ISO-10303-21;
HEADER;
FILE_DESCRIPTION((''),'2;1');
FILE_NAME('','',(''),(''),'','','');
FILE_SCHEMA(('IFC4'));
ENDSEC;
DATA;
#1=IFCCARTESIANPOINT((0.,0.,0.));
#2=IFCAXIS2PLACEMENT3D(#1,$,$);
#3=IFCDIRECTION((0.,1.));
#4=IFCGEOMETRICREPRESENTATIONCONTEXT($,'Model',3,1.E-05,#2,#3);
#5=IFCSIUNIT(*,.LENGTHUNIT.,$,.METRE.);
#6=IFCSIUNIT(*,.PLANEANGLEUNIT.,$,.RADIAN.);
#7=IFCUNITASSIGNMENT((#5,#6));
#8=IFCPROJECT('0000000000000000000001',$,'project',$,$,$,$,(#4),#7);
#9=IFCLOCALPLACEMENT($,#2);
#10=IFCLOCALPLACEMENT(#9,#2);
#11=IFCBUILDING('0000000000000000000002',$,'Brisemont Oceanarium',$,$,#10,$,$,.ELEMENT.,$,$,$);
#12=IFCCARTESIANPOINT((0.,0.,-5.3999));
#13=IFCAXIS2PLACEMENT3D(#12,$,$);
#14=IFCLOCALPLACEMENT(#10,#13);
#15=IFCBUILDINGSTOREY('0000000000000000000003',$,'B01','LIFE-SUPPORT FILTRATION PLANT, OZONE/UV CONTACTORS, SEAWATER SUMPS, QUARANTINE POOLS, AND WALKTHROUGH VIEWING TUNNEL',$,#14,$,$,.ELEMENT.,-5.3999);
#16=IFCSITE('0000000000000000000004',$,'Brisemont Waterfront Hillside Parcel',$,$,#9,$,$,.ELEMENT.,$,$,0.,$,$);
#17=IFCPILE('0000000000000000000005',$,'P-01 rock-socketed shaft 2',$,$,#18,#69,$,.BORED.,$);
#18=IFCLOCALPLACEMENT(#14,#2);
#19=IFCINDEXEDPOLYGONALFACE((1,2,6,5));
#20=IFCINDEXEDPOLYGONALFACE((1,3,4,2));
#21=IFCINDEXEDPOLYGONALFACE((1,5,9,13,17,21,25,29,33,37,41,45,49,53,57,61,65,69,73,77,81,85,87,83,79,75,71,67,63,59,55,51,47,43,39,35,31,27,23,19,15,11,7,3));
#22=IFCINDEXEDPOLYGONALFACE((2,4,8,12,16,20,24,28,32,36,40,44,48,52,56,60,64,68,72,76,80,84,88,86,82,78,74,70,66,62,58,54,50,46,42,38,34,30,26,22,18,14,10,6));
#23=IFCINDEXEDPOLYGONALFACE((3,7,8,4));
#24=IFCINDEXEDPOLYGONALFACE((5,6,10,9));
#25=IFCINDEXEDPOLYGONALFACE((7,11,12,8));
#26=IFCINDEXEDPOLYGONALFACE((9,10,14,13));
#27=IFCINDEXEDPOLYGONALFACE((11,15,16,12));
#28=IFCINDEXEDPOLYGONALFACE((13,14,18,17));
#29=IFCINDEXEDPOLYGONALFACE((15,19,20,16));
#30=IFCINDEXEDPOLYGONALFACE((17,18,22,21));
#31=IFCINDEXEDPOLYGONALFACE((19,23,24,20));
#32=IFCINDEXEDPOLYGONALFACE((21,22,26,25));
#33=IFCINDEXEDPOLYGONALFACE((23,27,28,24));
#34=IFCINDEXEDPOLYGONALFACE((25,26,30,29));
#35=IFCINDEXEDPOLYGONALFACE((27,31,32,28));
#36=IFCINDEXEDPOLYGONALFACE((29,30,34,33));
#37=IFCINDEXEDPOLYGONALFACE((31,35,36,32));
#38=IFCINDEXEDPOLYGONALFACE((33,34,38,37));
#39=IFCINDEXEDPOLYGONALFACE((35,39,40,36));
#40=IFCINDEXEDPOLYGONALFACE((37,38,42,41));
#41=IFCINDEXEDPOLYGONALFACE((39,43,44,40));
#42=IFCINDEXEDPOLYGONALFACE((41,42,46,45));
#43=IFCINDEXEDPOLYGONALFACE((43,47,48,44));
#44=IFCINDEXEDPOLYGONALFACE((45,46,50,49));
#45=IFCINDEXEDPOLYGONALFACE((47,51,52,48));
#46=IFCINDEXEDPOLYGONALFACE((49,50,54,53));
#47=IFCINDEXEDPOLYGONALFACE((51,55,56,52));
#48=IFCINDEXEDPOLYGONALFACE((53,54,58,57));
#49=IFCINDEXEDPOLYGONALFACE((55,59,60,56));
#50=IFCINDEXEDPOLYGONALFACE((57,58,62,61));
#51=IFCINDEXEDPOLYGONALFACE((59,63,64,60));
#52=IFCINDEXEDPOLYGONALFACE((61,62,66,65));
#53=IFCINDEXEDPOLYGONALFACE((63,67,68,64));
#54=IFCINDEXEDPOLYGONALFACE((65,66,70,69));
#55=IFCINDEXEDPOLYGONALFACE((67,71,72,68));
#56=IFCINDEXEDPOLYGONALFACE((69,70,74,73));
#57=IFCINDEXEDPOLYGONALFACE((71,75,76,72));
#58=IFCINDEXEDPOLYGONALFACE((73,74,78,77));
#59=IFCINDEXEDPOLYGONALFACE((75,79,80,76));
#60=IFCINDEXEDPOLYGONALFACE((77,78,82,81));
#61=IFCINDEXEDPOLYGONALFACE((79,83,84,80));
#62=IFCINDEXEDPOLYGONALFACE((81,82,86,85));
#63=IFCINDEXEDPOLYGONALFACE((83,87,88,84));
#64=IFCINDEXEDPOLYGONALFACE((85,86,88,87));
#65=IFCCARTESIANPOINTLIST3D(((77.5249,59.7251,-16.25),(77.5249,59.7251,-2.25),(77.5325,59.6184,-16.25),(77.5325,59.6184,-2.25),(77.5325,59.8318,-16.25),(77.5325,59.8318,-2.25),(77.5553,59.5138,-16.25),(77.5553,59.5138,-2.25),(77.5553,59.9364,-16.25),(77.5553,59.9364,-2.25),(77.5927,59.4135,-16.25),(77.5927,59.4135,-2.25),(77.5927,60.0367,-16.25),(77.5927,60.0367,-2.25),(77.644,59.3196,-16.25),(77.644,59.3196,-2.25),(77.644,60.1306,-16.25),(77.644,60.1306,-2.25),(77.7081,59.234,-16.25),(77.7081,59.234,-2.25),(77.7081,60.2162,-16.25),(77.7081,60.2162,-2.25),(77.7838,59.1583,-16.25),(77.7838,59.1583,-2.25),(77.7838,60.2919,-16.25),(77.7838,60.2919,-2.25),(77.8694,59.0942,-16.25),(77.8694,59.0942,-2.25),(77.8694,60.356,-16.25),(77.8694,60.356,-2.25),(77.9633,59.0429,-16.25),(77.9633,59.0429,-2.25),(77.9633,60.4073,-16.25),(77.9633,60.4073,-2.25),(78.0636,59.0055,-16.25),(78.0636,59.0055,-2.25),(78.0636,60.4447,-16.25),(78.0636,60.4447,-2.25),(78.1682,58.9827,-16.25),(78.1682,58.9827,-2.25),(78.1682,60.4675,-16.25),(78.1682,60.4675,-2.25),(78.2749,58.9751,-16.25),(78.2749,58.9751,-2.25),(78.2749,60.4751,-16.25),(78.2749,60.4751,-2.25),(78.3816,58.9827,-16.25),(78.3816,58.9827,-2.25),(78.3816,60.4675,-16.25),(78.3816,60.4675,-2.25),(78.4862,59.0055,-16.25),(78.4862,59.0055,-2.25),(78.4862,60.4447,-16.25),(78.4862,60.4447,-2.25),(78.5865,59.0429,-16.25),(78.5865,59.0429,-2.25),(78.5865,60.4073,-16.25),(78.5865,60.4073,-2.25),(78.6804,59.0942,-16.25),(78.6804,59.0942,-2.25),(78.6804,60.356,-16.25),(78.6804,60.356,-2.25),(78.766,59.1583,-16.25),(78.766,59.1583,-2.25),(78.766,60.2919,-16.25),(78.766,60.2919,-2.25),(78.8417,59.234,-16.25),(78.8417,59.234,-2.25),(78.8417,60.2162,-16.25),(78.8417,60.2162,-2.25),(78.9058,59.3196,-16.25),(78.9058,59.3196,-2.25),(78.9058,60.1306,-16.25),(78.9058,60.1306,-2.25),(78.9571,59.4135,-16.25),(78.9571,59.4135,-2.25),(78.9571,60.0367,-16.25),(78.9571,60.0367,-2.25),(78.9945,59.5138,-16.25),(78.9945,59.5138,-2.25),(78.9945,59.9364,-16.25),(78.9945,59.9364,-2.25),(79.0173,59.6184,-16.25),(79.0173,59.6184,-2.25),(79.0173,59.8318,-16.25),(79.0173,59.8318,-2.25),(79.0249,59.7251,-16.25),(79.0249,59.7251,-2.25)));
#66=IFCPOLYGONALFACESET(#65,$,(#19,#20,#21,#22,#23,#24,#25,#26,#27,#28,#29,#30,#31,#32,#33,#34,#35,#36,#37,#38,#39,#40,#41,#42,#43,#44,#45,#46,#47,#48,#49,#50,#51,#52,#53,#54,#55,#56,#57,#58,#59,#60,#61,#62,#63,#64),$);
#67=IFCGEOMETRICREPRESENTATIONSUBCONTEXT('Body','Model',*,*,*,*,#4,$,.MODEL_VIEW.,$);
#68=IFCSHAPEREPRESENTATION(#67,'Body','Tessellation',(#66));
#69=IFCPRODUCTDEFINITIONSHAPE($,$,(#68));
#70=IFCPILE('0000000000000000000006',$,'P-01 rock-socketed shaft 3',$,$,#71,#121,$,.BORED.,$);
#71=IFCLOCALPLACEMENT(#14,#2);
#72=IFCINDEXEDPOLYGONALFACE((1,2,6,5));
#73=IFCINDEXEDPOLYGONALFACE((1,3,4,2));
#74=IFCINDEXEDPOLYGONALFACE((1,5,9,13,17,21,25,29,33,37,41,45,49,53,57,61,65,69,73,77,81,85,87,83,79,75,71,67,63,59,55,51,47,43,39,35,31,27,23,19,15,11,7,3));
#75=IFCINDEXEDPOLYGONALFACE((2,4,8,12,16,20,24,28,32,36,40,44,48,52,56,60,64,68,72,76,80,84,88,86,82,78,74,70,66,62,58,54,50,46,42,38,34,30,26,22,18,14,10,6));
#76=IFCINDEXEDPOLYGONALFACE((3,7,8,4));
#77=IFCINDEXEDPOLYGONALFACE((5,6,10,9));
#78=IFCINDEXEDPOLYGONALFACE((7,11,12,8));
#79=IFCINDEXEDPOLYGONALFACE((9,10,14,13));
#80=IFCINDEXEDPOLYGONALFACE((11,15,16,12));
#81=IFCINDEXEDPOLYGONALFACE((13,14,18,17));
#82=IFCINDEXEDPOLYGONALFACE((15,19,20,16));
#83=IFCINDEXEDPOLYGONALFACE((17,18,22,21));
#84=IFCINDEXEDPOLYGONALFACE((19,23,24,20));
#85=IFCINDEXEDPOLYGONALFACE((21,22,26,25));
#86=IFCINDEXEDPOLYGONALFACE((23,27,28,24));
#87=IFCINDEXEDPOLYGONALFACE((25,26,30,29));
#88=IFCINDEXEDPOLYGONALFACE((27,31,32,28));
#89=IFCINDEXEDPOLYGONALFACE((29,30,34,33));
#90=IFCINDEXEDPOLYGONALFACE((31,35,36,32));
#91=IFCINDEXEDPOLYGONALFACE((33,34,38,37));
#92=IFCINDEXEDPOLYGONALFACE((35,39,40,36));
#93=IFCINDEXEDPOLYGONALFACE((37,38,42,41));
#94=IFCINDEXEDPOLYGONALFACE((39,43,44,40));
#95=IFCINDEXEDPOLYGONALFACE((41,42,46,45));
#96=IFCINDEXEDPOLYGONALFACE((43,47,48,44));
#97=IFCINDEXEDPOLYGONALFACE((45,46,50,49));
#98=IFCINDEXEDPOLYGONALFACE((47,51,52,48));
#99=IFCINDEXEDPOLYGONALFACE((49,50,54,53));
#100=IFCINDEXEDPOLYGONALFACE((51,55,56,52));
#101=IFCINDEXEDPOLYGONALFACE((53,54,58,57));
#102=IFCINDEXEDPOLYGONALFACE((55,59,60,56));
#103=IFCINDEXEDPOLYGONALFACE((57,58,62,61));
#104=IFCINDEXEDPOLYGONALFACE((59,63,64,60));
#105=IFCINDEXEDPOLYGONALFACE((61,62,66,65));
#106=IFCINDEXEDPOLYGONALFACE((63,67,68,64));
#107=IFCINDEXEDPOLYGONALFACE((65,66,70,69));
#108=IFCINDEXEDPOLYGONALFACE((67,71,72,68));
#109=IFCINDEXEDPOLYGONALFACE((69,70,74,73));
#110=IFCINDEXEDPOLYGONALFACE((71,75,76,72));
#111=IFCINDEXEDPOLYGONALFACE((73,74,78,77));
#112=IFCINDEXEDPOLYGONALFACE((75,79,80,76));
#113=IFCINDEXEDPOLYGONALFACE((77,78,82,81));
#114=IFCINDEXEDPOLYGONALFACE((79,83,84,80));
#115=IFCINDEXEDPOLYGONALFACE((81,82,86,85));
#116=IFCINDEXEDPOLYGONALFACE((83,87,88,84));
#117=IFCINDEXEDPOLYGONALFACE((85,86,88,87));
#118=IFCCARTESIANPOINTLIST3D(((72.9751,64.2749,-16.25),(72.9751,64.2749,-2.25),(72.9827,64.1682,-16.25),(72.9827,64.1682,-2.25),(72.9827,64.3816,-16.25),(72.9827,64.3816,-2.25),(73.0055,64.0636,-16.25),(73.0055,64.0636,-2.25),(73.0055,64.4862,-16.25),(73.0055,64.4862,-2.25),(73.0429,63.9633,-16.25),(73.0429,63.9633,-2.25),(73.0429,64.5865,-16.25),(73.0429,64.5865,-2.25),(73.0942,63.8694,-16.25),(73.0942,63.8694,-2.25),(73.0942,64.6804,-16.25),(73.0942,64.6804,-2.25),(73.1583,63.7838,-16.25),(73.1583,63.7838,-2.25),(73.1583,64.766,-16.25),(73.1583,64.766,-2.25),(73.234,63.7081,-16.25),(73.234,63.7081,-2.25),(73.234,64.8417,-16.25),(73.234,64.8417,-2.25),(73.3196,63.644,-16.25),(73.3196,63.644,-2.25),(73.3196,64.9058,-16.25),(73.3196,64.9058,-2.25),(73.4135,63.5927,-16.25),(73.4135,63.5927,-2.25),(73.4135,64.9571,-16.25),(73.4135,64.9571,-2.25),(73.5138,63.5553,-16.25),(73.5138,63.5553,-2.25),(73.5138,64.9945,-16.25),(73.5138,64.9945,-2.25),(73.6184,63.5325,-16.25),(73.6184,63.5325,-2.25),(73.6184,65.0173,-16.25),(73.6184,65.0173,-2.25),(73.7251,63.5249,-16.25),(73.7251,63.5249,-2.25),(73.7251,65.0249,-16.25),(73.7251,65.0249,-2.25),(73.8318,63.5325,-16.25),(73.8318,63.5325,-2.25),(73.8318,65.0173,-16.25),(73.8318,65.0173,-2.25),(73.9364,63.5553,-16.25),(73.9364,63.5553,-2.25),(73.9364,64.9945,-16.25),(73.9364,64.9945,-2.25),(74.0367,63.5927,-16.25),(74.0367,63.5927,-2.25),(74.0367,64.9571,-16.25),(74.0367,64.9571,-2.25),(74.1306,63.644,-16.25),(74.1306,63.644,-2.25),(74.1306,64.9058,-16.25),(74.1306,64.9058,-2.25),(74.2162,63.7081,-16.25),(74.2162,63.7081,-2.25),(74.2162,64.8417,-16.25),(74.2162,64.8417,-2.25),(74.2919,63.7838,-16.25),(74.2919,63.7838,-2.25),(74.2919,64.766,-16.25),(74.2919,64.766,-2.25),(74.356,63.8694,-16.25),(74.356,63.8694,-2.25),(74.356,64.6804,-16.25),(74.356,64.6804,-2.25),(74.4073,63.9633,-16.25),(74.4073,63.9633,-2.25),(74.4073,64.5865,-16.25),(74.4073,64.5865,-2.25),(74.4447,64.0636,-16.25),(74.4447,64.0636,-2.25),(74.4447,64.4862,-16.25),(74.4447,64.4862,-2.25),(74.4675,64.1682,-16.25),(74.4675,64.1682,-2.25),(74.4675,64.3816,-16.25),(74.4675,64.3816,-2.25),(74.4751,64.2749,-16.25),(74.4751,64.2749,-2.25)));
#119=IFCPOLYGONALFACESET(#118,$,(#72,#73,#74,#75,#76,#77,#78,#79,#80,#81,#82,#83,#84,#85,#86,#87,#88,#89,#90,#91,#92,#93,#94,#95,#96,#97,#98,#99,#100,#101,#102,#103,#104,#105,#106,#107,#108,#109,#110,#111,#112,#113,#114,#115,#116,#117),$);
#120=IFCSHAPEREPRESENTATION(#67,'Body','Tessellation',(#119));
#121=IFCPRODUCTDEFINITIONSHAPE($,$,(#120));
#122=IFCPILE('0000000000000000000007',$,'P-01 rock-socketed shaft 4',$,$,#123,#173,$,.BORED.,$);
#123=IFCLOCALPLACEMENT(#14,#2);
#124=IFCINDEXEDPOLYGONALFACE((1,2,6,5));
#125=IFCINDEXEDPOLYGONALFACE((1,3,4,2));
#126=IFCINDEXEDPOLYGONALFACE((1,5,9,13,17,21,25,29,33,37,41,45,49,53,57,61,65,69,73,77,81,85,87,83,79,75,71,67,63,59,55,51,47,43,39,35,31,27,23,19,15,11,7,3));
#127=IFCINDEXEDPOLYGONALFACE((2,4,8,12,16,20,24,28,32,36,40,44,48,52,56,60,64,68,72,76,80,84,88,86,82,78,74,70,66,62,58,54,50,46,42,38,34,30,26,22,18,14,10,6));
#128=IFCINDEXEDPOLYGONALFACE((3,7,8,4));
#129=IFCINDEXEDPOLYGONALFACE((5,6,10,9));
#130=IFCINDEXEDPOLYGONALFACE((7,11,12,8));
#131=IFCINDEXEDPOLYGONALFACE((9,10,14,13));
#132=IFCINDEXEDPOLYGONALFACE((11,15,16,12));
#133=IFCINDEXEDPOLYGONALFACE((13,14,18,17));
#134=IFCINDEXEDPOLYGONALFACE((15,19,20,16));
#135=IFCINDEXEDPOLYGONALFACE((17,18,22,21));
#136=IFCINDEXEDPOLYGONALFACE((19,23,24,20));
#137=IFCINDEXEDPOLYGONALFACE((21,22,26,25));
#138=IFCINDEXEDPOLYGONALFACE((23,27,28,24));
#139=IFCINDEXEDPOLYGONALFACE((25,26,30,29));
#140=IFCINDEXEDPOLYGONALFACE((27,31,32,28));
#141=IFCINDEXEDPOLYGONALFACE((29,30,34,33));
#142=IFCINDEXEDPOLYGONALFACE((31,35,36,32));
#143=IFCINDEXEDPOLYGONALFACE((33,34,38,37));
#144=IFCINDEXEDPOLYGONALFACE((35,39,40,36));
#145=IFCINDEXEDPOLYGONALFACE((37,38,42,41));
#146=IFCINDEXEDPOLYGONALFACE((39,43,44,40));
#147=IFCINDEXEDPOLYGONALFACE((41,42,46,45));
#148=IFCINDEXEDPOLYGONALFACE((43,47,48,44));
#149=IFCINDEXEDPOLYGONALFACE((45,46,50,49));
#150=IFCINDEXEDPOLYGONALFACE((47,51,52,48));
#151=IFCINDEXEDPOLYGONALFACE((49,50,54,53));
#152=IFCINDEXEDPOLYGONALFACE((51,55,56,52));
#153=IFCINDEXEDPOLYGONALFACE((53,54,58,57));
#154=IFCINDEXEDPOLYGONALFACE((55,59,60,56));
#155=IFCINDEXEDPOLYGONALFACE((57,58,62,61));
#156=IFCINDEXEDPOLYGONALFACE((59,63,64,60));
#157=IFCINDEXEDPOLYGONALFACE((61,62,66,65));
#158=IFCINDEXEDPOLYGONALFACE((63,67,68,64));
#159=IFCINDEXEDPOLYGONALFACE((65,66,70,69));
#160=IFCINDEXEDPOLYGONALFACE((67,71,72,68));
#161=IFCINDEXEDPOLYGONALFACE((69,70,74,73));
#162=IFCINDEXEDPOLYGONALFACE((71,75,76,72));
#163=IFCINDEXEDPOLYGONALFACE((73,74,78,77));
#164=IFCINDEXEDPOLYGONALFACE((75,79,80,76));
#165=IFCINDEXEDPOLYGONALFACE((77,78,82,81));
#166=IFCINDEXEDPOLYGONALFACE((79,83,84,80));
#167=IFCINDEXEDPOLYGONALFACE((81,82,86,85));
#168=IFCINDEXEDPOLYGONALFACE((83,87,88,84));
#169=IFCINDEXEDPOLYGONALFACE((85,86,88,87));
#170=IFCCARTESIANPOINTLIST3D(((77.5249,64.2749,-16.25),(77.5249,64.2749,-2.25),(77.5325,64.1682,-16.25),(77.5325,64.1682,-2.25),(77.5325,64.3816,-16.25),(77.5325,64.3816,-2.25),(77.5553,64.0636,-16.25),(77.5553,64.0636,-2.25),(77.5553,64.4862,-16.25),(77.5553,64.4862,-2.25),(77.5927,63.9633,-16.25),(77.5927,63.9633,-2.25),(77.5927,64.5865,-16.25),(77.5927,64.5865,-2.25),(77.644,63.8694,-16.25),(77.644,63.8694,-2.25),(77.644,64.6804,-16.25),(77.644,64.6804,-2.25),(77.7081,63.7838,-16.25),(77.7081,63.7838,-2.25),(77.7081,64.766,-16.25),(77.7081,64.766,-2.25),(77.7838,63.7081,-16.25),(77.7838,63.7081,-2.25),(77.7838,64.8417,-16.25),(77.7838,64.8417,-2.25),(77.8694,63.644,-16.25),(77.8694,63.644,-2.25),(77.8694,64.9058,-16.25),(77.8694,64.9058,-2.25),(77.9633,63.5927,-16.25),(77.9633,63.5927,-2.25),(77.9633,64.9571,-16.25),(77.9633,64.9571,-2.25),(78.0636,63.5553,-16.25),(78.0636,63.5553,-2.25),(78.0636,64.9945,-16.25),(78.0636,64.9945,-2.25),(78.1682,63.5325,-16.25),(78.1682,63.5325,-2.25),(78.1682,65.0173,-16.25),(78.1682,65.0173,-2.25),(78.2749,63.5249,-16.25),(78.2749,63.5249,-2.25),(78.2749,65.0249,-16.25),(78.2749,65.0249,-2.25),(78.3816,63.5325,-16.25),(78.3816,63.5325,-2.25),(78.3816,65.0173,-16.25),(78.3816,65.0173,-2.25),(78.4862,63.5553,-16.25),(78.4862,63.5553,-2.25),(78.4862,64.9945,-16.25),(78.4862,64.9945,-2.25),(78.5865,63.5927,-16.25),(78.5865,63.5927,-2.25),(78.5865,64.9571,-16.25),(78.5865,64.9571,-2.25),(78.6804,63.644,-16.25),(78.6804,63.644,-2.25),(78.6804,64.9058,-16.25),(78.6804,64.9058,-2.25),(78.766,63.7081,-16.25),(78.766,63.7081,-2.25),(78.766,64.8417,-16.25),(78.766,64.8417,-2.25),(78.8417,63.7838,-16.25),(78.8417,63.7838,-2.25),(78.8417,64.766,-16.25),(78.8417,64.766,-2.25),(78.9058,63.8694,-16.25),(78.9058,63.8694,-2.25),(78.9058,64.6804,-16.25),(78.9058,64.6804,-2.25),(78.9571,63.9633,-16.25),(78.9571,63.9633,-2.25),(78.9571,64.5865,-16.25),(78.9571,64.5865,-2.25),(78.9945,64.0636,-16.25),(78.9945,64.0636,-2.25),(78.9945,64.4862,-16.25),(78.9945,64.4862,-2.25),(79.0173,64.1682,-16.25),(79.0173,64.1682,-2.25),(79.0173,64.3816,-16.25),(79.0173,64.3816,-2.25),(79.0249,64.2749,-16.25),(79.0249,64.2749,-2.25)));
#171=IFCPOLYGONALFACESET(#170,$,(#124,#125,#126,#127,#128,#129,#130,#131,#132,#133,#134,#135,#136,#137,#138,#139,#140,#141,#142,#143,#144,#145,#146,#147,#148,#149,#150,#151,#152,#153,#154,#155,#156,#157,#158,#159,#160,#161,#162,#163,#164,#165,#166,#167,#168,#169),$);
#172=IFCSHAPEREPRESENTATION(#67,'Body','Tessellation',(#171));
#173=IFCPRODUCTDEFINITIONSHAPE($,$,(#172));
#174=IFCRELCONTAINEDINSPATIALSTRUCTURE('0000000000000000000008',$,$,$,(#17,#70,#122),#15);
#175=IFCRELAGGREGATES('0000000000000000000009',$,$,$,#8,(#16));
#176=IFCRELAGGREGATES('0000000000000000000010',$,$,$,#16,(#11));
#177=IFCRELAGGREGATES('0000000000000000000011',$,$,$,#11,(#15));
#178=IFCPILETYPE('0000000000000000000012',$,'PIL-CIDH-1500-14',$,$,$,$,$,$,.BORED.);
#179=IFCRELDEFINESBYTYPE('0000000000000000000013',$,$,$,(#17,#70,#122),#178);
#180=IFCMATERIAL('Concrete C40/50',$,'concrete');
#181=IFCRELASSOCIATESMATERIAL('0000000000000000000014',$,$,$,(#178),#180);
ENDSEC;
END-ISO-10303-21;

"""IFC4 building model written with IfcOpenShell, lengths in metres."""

from ifc_helpers import new_model, si_unit, direction, frame, origin, origin_2d, place, context, subcontext, project, spatial, circle, extrude, material, material_profile, profile_set, type_object, element, save


model = new_model("IFC4")

# Units and contexts
model_context = context("Model", 3, precision=1e-05, world=origin(), true_north=direction((0.0, 1.0)))
body_context = subcontext(model_context, "Body", "Model", "MODEL_VIEW")
ifc_project = project(units=[si_unit("LENGTHUNIT", "METRE"), si_unit("PLANEANGLEUNIT", "RADIAN")], contexts=[model_context])

# Site, building, storey
site_placement = place(None, origin())
site = spatial("IfcSite", under=ifc_project, at=site_placement, Name="Brisemont Waterfront Hillside Parcel", CompositionType="ELEMENT", RefElevation=0.0)
building_placement = place(site_placement, origin())
building = spatial("IfcBuilding", under=site, at=building_placement, Name="Brisemont Oceanarium", CompositionType="ELEMENT")
storey_placement = place(building_placement, frame((0.0, 0.0, -5.3999)))
storey = spatial("IfcBuildingStorey", under=building, at=storey_placement, Name="B01", Description="LIFE-SUPPORT FILTRATION PLANT, OZONE/UV CONTACTORS, SEAWATER SUMPS, QUARANTINE POOLS, AND WALKTHROUGH VIEWING TUNNEL", CompositionType="ELEMENT", Elevation=-5.3999)

# Piles
ifc_material_1 = material(Name="Concrete C40/50", Category="concrete")
ifc_material_profile_1 = material_profile(ifc_material_1, circle(Radius=0.75, at=origin_2d()), Name="CIDH-D1500")
ifc_profile_set_1 = profile_set([ifc_material_profile_1], Name="Concrete C40/50")
pile_type_1 = type_object("IfcPileType", Name="PIL-CIDH-1500-14", PredefinedType="BORED", material=ifc_profile_set_1)
for number, where, z_axis, x_axis, name in (
    (1, (78.2749, 59.7251, -2.25), (0.0, 0.0, -1.0), (1.0, 0.0, 0.0), "P-01 rock-socketed shaft 2"),
    (2, (73.7251, 64.2749, -2.25), (0.0, 0.0, -1.0), (1.0, 0.0, 0.0), "P-01 rock-socketed shaft 3"),
    (3, (78.2749, 64.2749, -2.25), (0.0, 0.0, -1.0), (1.0, 0.0, 0.0), "P-01 rock-socketed shaft 4"),
):
    element("IfcPile", number, at=place(storey_placement, frame(where, z_axis=z_axis, x_axis=x_axis)), inside=storey, type_object=pile_type_1, Name=name, PredefinedType="BORED", context=body_context, shape_type="SweptSolid", body=[
        extrude(circle(Radius=0.75, at=origin_2d()), origin(), (0.0, 0.0, 1.0), 14.0),
    ])

save(model, "model.ifc")
